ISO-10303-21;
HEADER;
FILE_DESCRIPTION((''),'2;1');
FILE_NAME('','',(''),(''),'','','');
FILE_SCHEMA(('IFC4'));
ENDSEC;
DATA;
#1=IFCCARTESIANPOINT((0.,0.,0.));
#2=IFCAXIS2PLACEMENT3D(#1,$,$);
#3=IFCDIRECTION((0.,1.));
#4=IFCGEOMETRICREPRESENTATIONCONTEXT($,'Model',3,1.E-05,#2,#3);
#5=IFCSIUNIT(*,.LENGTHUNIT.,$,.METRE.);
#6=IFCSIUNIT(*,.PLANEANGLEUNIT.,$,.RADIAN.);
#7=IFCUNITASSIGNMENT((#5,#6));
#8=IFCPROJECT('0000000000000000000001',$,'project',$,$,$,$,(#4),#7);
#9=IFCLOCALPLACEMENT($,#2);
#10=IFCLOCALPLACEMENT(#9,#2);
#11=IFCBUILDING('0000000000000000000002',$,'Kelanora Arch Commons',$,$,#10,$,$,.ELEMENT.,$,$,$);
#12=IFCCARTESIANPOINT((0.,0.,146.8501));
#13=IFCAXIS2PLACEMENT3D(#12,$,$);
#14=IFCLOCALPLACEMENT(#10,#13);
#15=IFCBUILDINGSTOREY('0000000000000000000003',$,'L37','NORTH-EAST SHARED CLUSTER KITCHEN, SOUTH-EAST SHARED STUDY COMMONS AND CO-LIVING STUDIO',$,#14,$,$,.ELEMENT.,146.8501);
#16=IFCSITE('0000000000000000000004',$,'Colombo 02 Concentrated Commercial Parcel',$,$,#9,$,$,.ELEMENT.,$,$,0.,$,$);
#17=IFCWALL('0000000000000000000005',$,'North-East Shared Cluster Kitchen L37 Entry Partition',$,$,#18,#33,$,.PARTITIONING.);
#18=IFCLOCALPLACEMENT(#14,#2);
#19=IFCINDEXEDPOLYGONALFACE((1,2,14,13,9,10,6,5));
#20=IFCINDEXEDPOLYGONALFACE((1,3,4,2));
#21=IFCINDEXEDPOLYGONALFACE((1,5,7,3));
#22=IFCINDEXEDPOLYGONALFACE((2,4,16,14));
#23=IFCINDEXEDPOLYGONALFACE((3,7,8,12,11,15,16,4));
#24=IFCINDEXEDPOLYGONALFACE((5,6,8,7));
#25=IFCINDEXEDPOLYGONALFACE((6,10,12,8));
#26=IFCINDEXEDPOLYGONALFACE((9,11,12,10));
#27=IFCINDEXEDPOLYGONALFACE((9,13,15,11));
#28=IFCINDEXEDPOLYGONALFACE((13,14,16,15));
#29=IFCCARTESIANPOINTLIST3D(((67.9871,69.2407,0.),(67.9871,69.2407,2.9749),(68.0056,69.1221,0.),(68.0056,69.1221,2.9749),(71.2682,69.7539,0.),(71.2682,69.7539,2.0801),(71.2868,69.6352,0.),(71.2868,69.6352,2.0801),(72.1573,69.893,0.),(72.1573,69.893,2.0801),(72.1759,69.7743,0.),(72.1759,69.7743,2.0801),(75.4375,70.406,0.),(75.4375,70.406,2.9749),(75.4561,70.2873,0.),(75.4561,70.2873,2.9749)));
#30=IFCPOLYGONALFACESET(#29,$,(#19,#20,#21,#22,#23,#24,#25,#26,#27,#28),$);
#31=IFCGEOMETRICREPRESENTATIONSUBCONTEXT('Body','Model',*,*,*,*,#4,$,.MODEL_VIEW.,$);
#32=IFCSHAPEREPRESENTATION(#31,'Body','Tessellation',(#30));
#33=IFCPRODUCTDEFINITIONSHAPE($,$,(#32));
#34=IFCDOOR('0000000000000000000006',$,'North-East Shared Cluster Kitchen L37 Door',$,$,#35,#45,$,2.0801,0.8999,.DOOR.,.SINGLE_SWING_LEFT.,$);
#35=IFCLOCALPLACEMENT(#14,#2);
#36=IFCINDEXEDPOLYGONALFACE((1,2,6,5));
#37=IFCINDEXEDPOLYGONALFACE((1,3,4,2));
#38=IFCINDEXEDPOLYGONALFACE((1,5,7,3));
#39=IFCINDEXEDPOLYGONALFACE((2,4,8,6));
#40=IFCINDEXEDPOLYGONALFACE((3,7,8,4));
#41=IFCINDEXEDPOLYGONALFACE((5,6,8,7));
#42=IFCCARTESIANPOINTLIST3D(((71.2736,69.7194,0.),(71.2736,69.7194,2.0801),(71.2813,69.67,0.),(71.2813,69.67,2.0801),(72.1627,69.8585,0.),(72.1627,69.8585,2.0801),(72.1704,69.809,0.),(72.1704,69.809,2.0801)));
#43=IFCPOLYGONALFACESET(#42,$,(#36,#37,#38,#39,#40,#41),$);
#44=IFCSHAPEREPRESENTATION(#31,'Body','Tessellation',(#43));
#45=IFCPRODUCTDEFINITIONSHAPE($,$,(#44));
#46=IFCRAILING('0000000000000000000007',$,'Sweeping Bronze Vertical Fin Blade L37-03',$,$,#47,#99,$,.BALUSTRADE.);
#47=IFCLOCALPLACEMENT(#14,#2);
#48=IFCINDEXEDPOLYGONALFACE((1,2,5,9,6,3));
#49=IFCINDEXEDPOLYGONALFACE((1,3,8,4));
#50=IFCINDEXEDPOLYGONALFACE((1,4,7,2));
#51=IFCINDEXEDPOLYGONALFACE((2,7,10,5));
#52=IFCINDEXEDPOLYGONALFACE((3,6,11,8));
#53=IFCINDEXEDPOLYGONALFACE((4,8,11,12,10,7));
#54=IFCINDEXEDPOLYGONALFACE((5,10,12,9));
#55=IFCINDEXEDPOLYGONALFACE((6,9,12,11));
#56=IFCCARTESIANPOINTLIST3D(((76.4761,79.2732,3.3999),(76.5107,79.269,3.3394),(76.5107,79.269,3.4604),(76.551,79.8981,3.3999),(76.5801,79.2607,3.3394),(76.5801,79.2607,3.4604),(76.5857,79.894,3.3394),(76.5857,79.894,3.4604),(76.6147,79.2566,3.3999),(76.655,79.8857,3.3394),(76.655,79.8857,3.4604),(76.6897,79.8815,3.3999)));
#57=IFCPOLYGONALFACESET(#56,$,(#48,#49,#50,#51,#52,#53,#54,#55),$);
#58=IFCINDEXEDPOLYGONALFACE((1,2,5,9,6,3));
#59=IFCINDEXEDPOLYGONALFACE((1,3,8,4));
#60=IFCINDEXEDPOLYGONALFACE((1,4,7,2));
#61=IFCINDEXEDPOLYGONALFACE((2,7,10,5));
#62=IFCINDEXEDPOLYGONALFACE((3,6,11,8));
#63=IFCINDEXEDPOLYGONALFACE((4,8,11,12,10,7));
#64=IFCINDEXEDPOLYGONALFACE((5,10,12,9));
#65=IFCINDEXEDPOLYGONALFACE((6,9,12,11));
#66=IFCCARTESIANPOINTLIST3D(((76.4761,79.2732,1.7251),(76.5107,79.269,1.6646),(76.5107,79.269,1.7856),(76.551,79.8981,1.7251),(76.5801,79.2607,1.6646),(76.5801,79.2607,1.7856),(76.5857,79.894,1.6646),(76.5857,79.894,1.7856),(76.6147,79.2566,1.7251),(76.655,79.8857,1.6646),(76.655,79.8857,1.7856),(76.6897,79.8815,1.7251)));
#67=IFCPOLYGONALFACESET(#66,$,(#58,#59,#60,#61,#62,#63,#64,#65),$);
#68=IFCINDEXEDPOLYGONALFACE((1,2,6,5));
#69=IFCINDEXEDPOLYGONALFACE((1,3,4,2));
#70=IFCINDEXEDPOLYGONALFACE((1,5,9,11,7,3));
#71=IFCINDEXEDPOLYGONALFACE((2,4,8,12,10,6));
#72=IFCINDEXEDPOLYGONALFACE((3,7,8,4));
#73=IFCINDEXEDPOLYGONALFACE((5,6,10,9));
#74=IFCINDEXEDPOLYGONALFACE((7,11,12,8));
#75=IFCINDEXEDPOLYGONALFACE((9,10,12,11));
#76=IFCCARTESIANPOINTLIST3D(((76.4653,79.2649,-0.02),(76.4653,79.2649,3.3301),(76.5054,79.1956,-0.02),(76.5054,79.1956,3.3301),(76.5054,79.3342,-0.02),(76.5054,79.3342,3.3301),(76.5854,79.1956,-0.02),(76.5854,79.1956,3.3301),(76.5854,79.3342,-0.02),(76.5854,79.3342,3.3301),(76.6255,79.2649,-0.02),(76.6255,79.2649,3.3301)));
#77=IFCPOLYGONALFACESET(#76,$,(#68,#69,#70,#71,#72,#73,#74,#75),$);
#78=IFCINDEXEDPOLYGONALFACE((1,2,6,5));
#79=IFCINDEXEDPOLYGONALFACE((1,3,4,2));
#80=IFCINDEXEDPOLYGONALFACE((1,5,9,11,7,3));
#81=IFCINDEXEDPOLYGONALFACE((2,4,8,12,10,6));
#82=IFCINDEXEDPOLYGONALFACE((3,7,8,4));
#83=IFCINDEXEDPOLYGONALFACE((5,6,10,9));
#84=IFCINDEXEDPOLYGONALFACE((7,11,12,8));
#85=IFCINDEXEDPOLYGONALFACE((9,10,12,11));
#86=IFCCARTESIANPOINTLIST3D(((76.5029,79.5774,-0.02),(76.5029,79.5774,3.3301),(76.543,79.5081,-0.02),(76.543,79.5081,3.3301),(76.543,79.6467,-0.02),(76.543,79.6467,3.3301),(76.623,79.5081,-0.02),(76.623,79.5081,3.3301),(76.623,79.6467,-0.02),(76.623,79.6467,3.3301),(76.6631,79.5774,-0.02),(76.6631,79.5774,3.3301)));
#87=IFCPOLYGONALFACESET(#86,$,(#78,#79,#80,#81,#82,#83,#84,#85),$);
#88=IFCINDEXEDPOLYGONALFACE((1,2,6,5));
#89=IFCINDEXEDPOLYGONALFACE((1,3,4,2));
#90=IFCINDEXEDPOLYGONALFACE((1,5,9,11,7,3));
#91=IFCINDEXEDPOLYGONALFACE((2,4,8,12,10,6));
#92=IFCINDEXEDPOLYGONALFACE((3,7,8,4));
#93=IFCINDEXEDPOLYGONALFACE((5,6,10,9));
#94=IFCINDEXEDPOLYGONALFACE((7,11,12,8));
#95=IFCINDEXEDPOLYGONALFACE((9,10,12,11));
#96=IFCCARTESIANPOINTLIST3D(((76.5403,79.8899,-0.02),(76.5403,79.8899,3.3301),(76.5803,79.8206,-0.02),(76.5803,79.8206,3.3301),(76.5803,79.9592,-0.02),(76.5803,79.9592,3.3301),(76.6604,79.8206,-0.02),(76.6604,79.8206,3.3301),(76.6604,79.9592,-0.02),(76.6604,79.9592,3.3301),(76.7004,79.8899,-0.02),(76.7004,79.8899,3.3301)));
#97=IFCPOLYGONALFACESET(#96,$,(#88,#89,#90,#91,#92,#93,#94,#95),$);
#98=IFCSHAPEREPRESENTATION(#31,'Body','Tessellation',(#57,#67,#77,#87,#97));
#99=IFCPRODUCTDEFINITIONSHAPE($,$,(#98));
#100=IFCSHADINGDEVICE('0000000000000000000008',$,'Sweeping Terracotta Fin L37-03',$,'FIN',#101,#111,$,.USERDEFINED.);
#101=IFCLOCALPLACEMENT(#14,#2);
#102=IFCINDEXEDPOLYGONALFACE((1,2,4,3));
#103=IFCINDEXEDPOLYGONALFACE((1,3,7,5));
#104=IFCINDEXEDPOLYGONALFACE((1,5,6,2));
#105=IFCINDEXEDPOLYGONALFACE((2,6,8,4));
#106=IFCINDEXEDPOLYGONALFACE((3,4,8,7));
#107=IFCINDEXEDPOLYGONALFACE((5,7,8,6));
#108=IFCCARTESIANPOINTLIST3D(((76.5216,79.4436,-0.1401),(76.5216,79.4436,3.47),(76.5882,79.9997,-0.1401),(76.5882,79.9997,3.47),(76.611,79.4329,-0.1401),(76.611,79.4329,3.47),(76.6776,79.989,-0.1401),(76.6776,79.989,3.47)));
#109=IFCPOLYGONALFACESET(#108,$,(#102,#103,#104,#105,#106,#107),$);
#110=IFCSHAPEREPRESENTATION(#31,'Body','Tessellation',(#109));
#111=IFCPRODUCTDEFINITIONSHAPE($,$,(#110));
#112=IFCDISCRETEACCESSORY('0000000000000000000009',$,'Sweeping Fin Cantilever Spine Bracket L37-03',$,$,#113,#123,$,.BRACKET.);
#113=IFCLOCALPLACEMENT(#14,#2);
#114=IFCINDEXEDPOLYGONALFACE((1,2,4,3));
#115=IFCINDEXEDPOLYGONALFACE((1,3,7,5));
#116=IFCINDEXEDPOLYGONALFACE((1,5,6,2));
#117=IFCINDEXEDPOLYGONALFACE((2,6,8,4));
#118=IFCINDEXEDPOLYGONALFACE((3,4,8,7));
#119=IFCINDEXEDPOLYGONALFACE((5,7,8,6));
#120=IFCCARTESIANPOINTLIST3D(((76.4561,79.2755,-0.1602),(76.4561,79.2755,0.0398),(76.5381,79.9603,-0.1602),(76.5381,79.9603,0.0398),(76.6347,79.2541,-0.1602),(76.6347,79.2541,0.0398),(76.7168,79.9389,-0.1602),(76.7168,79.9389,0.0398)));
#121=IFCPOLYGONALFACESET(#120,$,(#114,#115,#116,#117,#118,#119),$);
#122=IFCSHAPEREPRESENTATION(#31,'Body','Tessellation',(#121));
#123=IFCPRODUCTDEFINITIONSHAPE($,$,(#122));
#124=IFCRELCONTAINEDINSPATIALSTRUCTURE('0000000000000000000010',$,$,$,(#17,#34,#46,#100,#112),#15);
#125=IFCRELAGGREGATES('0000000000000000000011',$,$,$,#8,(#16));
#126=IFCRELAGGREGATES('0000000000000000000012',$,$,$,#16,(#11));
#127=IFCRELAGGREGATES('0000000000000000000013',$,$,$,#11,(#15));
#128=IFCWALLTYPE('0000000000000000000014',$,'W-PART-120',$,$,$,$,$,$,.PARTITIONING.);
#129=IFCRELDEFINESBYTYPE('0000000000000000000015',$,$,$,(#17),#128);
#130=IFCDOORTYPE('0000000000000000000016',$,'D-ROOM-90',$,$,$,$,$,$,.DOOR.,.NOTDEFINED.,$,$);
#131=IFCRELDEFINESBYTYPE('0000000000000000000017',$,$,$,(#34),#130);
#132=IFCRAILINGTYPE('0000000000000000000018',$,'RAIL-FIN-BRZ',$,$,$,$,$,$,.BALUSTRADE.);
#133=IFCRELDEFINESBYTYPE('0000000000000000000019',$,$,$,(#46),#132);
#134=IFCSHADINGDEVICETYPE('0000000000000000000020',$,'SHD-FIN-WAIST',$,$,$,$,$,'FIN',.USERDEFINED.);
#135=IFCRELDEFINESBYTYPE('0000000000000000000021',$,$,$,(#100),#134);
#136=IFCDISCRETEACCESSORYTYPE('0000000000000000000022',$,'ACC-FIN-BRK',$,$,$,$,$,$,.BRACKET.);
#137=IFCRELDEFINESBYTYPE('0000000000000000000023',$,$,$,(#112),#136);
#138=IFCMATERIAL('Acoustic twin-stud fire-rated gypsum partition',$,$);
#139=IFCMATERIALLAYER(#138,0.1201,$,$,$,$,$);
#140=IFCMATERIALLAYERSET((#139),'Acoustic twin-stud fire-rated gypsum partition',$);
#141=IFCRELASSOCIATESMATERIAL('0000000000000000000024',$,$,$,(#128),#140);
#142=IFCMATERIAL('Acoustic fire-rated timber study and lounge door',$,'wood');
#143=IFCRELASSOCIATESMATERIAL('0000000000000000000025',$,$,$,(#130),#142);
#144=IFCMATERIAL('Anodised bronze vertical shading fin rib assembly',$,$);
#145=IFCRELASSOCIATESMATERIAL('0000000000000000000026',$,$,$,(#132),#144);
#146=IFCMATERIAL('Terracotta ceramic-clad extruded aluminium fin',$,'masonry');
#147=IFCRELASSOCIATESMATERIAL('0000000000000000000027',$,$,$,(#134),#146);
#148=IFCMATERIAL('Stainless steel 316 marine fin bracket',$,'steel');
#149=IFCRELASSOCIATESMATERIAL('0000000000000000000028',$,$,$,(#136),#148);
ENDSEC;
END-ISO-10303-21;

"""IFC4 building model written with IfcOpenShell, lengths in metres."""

from ifc_helpers import new_model, si_unit, direction, frame, frame_2d, origin, origin_2d, place, context, subcontext, project, spatial, polyline, rectangle, outline, extrude, source, transform, mapped, material, layer, layer_set, type_object, element, fill, save


model = new_model("IFC4")

# Units and contexts
model_context = context("Model", 3, precision=1e-05, world=origin(), true_north=direction((0.0, 1.0)))
body_context = subcontext(model_context, "Body", "Model", "MODEL_VIEW")
ifc_project = project(units=[si_unit("LENGTHUNIT", "METRE"), si_unit("PLANEANGLEUNIT", "RADIAN")], contexts=[model_context])

# Site, building, storey
site_placement = place(None, origin())
site = spatial("IfcSite", under=ifc_project, at=site_placement, Name="Colombo 02 Concentrated Commercial Parcel", CompositionType="ELEMENT", RefElevation=0.0)
building_placement = place(site_placement, origin())
building = spatial("IfcBuilding", under=site, at=building_placement, Name="Kelanora Arch Commons", CompositionType="ELEMENT")
storey_placement = place(building_placement, frame((0.0, 0.0, 146.8501)))
storey = spatial("IfcBuildingStorey", under=building, at=storey_placement, Name="L37", Description="NORTH-EAST SHARED CLUSTER KITCHEN, SOUTH-EAST SHARED STUDY COMMONS AND CO-LIVING STUDIO", CompositionType="ELEMENT", Elevation=146.8501)

# Wall, opening, door
ifc_material_1 = material(Name="Acoustic twin-stud fire-rated gypsum partition")
ifc_layer_1 = layer(ifc_material_1, 0.1201)
ifc_layer_set_1 = layer_set([ifc_layer_1], Name="Acoustic twin-stud fire-rated gypsum partition")
wall_type_1 = type_object("IfcWallType", Name="W-PART-120", PredefinedType="PARTITIONING", material=ifc_layer_set_1)
wall_1_placement = place(storey_placement, frame((75.4468, 70.3467, 0.0), z_axis=(0.0, 0.0, 1.0), x_axis=(-0.987989, -0.154526, 0.0)))
wall_1 = element("IfcWall", 1, at=wall_1_placement, inside=storey, type_object=wall_type_1, Name="North-East Shared Cluster Kitchen L37 Entry Partition", PredefinedType="PARTITIONING", context=body_context, shape_type="SweptSolid", body=[
    extrude(rectangle(XDim=7.541, YDim=0.1201, at=frame_2d((3.7705, 0.0))), origin(), (0.0, 0.0, 1.0), 2.9749),
])
opening_1_placement = place(wall_1_placement, frame((3.3201, 0.0, 0.0)))
opening_1 = element("IfcOpeningElement", 2, at=opening_1_placement, cuts=wall_1, PredefinedType="OPENING", context=body_context, shape_type="SweptSolid", body=[
    extrude(rectangle(XDim=0.8999, YDim=2.0801, at=frame_2d((0.45, 1.04))), frame((0.0, 0.0701, 0.0), z_axis=(0.0, -1.0, 0.0), x_axis=(1.0, 0.0, 0.0)), (0.0, 0.0, 1.0), 0.1401),
])
ifc_material_2 = material(Name="Acoustic fire-rated timber study and lounge door", Category="wood")
door_type = type_object("IfcDoorType", Name="D-ROOM-90", OperationType="NOTDEFINED", PredefinedType="DOOR", material=ifc_material_2)
door_placement = place(opening_1_placement, origin())
door = element("IfcDoor", 3, at=door_placement, inside=storey, type_object=door_type, Name="North-East Shared Cluster Kitchen L37 Door", OperationType="SINGLE_SWING_LEFT", OverallHeight=2.0801, OverallWidth=0.8999, PredefinedType="DOOR", context=body_context, shape_type="SweptSolid", body=[
    extrude(rectangle(XDim=0.8999, YDim=2.0801, at=frame_2d((0.45, 1.04))), frame((0.0, 0.0249, 0.0), z_axis=(0.0, -1.0, 0.0), x_axis=(1.0, 0.0, 0.0)), (0.0, 0.0, 1.0), 0.05),
])
fill(opening_1, door)

# Railing
ifc_material_3 = material(Name="Anodised bronze vertical shading fin rib assembly")
railing_type = type_object("IfcRailingType", Name="RAIL-FIN-BRZ", PredefinedType="BALUSTRADE", material=ifc_material_3)
railing_placement = place(storey_placement, frame((76.5454, 79.2649, -0.02)))
element("IfcRailing", 4, at=railing_placement, inside=storey, type_object=railing_type, Name="Sweeping Bronze Vertical Fin Blade L37-03", PredefinedType="BALUSTRADE", context=body_context, shape_type="SweptSolid", body=[
    extrude(outline(polyline([(0.0698, 0.0), (0.0349, 0.0605), (-0.0349, 0.0605), (-0.0698, 0.0), (-0.0349, -0.0605), (0.0349, -0.0605), (0.0698, 0.0)])), frame((0.0, 0.0, 3.4199), z_axis=(0.119069, 0.992886, 0.0), x_axis=(-0.992886, 0.119069, 0.0)), (0.0, 0.0, 1.0), 0.6294),
    extrude(outline(polyline([(0.0698, 0.0), (0.0349, 0.0605), (-0.0349, 0.0605), (-0.0698, 0.0), (-0.0349, -0.0605), (0.0349, -0.0605), (0.0698, 0.0)])), frame((0.0, 0.0, 1.7451), z_axis=(0.119069, 0.992886, 0.0), x_axis=(-0.992886, 0.119069, 0.0)), (0.0, 0.0, 1.0), 0.6294),
    extrude(outline(polyline([(0.0801, 0.0), (0.04, 0.0693), (-0.04, 0.0693), (-0.0801, 0.0), (-0.04, -0.0693), (0.04, -0.0693), (0.0801, 0.0)])), origin(), (0.0, 0.0, 1.0), 3.3501),
    extrude(outline(polyline([(0.0801, 0.0), (0.04, 0.0693), (-0.04, 0.0693), (-0.0801, 0.0), (-0.04, -0.0693), (0.04, -0.0693), (0.0801, 0.0)])), frame((0.0376, 0.3125, 0.0)), (0.0, 0.0, 1.0), 3.3501),
    extrude(outline(polyline([(0.0801, 0.0), (0.04, 0.0693), (-0.04, 0.0693), (-0.0801, 0.0), (-0.04, -0.0693), (0.04, -0.0693), (0.0801, 0.0)])), frame((0.075, 0.625, 0.0)), (0.0, 0.0, 1.0), 3.3501),
])

# Shading device
ifc_material_4 = material(Name="Terracotta ceramic-clad extruded aluminium fin", Category="masonry")
shading_device_type = type_object("IfcShadingDeviceType", Name="SHD-FIN-WAIST", ElementType="FIN", PredefinedType="USERDEFINED", material=ifc_material_4)
shared_shape_1 = source(origin(), body_context, "Body", "SweptSolid", [
    extrude(rectangle(XDim=0.5601, YDim=0.0901, at=origin_2d()), origin(), (0.0, 0.0, 1.0), 3.6101),
])
shading_device_placement = place(storey_placement, frame((76.5996, 79.7163, -0.1401), z_axis=(0.0, 0.0, 1.0), x_axis=(0.118924, 0.992903, 0.0)))
element("IfcShadingDevice", 5, at=shading_device_placement, inside=storey, type_object=shading_device_type, Name="Sweeping Terracotta Fin L37-03", ObjectType="FIN", PredefinedType="USERDEFINED", context=body_context, shape_type="MappedRepresentation", body=[
    mapped(shared_shape_1, transform((0.0, 0.0, 0.0), scale=1.0)),
])

# Discrete accessory
ifc_material_5 = material(Name="Stainless steel 316 marine fin bracket", Category="steel")
discrete_accessory_type = type_object("IfcDiscreteAccessoryType", Name="ACC-FIN-BRK", PredefinedType="BRACKET", material=ifc_material_5)
shared_shape_2 = source(origin(), body_context, "Body", "SweptSolid", [
    extrude(rectangle(XDim=0.6897, YDim=0.1799, at=origin_2d()), origin(), (0.0, 0.0, 1.0), 0.2),
])
discrete_accessory_placement = place(storey_placement, frame((76.5864, 79.6072, -0.1602), z_axis=(0.0, 0.0, 1.0), x_axis=(0.118924, 0.992903, 0.0)))
element("IfcDiscreteAccessory", 6, at=discrete_accessory_placement, inside=storey, type_object=discrete_accessory_type, Name="Sweeping Fin Cantilever Spine Bracket L37-03", PredefinedType="BRACKET", context=body_context, shape_type="MappedRepresentation", body=[
    mapped(shared_shape_2, transform((0.0, 0.0, 0.0), scale=1.0)),
])

save(model, "model.ifc")
